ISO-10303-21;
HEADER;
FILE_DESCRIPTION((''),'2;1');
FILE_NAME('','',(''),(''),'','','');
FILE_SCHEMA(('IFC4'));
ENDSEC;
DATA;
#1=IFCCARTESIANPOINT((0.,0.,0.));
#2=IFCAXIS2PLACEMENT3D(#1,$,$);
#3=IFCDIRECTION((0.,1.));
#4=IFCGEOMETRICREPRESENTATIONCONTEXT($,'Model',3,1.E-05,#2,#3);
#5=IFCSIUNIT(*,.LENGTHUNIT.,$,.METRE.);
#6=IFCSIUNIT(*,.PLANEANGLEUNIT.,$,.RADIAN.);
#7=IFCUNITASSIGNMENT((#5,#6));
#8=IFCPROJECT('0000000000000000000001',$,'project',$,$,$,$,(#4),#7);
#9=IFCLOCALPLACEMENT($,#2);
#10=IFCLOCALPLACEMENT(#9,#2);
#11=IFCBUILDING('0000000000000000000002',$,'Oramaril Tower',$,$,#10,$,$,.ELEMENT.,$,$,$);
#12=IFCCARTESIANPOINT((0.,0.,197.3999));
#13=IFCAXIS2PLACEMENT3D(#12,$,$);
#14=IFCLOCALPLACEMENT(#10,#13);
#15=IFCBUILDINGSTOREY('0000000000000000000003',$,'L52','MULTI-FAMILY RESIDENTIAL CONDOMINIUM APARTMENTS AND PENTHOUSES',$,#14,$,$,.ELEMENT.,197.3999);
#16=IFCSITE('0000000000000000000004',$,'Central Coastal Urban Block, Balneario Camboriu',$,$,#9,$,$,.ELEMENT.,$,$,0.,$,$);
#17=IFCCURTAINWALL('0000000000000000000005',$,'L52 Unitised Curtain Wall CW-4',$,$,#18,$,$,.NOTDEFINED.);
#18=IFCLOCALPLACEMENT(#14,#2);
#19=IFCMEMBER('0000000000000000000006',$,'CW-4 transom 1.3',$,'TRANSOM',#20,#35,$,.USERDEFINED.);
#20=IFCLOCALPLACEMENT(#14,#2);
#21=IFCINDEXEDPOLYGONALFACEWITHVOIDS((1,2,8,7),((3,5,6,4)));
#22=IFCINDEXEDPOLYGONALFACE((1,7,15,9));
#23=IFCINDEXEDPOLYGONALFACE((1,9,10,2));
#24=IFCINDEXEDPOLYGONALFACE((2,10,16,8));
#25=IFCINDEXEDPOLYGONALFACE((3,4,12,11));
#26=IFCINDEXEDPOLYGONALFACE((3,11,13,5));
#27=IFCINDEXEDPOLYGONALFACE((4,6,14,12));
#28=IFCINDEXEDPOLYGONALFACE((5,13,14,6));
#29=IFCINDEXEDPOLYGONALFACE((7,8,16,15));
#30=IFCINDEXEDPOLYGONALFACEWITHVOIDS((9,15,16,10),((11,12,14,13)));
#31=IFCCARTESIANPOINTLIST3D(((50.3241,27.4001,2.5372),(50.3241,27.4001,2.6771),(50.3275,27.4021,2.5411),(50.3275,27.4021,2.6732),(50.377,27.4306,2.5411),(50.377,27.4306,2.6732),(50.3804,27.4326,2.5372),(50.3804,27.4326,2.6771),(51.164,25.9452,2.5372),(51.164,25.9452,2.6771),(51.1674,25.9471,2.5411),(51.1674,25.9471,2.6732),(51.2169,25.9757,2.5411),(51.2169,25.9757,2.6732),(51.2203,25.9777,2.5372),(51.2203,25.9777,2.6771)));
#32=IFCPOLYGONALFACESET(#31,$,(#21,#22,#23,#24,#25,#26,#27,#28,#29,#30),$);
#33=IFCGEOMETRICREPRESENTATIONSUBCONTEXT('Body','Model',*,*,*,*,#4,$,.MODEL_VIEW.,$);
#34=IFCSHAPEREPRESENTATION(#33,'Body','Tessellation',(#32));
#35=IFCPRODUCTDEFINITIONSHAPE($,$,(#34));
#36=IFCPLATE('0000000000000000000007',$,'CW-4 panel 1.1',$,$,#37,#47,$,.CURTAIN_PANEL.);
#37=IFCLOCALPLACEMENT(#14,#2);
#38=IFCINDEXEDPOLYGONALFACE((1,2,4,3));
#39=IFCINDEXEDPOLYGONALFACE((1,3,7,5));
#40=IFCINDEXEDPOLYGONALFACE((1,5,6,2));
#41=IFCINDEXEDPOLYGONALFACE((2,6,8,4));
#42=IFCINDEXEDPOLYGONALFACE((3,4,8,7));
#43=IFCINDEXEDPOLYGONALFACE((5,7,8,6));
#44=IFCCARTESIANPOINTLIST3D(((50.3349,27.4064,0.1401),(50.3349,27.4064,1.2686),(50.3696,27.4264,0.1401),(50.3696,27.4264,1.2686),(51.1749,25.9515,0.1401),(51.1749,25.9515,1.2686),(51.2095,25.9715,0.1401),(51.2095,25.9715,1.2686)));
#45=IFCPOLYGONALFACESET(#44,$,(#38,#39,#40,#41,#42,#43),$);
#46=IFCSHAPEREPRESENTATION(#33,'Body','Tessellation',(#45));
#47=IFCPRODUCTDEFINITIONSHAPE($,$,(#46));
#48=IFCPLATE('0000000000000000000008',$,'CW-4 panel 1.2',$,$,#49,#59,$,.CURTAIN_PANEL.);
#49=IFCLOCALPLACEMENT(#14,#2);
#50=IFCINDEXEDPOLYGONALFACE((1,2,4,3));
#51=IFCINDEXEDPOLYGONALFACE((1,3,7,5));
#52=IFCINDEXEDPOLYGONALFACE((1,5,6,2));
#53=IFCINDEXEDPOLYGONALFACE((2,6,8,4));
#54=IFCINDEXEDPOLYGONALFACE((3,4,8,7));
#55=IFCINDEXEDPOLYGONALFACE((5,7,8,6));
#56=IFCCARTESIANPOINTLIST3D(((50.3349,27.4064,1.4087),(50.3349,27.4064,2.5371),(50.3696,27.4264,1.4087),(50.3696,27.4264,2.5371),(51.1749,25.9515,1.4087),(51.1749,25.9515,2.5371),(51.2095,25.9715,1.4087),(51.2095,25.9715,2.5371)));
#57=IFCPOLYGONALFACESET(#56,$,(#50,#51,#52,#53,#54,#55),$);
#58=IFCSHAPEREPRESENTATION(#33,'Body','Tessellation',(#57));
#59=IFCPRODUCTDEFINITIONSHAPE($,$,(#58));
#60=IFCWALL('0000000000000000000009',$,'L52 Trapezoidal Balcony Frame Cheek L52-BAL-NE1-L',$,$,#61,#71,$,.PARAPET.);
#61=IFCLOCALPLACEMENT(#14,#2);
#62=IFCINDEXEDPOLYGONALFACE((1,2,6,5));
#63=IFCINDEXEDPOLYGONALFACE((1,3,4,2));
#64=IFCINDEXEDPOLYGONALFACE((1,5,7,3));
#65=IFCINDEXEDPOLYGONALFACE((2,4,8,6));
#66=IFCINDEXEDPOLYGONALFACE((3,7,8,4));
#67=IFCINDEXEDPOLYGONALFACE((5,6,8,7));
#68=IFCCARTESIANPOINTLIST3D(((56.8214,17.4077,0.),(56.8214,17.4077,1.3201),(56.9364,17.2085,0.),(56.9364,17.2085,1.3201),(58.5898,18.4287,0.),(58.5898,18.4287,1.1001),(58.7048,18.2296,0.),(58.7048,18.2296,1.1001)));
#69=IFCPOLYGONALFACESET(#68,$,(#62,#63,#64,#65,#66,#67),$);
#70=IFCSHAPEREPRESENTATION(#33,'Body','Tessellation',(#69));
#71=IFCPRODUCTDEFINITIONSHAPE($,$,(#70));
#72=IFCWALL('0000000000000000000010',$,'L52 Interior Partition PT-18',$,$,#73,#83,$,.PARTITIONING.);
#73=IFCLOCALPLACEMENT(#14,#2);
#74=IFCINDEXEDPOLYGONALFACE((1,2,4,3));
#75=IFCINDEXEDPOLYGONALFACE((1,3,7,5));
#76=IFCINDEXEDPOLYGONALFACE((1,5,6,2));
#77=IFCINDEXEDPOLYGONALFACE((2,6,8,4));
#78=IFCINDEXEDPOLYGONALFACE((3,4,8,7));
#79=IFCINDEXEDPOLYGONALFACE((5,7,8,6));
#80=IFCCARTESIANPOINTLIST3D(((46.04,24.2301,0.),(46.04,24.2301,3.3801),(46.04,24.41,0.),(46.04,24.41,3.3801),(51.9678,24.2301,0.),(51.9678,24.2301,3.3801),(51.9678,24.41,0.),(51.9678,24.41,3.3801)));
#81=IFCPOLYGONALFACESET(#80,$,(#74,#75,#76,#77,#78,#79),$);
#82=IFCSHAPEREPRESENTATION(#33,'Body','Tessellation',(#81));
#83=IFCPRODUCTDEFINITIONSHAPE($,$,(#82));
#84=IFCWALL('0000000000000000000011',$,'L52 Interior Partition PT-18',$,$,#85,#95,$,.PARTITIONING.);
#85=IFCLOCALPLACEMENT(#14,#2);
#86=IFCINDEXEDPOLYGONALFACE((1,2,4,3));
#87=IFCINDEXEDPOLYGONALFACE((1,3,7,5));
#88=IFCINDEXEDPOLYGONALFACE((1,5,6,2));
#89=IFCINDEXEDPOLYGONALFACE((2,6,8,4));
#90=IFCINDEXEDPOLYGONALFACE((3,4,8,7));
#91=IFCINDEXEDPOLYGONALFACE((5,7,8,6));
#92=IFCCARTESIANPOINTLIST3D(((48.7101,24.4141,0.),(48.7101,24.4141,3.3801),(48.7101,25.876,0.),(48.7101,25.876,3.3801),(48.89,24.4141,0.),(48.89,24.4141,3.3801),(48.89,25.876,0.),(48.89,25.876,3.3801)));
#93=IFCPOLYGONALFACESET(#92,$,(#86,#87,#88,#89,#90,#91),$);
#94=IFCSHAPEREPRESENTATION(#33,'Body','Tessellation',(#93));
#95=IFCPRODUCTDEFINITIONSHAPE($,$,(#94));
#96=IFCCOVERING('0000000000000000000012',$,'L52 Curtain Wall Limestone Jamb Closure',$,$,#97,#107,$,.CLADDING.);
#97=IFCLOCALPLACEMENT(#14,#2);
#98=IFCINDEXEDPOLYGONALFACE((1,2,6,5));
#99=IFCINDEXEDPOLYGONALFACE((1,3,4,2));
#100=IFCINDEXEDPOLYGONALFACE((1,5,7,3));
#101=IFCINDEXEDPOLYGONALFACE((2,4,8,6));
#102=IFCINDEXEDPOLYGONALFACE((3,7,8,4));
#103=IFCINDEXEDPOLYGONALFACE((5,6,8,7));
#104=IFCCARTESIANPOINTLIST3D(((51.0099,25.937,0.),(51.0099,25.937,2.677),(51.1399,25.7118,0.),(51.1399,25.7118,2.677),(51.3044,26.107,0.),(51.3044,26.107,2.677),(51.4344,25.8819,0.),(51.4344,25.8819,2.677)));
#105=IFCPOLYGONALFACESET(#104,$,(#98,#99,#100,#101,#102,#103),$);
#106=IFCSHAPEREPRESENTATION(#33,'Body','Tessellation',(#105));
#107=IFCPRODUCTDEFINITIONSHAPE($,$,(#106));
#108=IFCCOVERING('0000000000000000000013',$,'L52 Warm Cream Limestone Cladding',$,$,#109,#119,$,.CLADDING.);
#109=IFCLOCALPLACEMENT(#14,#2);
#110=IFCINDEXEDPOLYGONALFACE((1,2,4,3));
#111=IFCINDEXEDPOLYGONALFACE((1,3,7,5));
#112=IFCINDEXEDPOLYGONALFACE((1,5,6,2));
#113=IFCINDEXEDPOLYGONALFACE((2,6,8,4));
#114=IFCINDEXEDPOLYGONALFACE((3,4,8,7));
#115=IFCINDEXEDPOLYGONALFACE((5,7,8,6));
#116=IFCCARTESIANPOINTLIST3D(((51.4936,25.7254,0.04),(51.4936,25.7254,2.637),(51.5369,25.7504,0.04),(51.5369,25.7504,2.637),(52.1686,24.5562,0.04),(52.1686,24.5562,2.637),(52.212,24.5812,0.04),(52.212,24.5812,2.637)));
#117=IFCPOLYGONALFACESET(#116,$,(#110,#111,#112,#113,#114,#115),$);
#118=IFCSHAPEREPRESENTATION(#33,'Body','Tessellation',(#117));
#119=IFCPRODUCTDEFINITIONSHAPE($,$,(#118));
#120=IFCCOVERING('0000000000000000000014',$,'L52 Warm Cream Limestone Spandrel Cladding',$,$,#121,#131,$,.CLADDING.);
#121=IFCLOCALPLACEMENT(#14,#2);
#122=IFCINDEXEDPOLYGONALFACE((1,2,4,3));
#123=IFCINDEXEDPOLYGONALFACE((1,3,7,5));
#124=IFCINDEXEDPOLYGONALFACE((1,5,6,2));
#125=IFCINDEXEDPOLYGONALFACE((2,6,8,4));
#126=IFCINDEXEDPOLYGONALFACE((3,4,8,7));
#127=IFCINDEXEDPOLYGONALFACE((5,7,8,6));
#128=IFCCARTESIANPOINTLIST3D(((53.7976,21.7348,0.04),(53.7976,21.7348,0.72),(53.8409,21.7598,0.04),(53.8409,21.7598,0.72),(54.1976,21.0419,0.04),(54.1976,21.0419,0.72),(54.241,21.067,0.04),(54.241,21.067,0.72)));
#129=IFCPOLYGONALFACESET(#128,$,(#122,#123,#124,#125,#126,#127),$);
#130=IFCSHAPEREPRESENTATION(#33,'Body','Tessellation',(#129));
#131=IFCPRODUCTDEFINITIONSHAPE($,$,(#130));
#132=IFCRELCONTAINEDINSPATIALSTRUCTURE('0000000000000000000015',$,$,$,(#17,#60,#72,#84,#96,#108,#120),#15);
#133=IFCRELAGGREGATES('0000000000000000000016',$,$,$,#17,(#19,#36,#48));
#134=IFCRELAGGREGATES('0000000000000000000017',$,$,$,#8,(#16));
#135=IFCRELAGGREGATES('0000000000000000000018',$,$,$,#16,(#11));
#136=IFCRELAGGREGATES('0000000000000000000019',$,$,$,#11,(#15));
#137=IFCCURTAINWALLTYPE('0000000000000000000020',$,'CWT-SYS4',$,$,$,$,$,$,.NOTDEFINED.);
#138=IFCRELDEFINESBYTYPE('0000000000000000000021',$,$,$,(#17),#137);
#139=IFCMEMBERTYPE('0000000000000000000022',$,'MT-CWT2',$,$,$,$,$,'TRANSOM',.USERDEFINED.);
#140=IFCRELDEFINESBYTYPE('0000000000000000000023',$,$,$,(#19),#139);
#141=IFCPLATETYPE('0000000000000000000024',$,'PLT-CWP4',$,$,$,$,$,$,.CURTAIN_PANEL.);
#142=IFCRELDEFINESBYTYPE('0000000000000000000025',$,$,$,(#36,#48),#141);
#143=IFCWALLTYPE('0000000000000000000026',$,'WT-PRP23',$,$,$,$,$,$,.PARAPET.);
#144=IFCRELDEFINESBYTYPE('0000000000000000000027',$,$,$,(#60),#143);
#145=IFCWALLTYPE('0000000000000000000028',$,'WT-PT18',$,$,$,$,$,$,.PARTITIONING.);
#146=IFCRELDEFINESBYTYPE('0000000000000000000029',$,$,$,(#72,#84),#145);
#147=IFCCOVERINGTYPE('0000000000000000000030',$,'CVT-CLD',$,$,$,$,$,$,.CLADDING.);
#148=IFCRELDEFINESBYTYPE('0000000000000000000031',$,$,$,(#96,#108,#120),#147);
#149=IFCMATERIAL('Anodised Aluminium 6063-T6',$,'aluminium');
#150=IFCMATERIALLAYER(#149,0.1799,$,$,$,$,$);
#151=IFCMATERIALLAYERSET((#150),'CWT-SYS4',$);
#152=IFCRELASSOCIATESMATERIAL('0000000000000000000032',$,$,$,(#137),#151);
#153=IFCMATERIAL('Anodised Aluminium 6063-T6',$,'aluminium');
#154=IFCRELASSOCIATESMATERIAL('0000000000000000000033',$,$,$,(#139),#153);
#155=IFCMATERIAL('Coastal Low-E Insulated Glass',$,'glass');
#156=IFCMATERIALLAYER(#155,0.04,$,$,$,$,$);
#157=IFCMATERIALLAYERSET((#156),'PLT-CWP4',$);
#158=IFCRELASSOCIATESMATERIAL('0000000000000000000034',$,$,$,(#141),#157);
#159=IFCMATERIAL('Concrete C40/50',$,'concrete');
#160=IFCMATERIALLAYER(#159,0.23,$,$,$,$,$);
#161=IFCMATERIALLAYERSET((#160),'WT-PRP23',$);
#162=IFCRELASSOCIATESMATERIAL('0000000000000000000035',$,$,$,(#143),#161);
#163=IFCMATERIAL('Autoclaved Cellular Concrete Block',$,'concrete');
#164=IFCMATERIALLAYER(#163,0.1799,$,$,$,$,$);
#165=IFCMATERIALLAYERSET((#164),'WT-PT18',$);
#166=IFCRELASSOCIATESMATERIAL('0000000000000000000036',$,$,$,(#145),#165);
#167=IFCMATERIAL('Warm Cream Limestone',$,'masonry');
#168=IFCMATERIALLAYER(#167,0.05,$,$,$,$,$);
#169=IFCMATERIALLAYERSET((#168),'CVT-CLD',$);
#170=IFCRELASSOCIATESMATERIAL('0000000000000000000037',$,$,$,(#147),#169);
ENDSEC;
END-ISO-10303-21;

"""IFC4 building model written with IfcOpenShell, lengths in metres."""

from ifc_helpers import new_model, si_unit, direction, frame, frame_2d, origin, origin_2d, place, context, subcontext, project, spatial, polyline, rectangle, hollow_rectangle, outline, extrude, material, layer, layer_set, material_profile, profile_set, type_object, element, aggregate, save


model = new_model("IFC4")

# Units and contexts
model_context = context("Model", 3, precision=1e-05, world=origin(), true_north=direction((0.0, 1.0)))
body_context = subcontext(model_context, "Body", "Model", "MODEL_VIEW")
ifc_project = project(units=[si_unit("LENGTHUNIT", "METRE"), si_unit("PLANEANGLEUNIT", "RADIAN")], contexts=[model_context])

# Site, building, storey
site_placement = place(None, origin())
site = spatial("IfcSite", under=ifc_project, at=site_placement, Name="Central Coastal Urban Block, Balneario Camboriu", CompositionType="ELEMENT", RefElevation=0.0)
building_placement = place(site_placement, origin())
building = spatial("IfcBuilding", under=site, at=building_placement, Name="Oramaril Tower", CompositionType="ELEMENT")
storey_placement = place(building_placement, frame((0.0, 0.0, 197.3999)))
storey = spatial("IfcBuildingStorey", under=building, at=storey_placement, Name="L52", Description="MULTI-FAMILY RESIDENTIAL CONDOMINIUM APARTMENTS AND PENTHOUSES", CompositionType="ELEMENT", Elevation=197.3999)

# Curtain wall, member, plates
ifc_material_1 = material(Name="Anodised Aluminium 6063-T6", Category="aluminium")
ifc_layer_1 = layer(ifc_material_1, 0.1799)
ifc_layer_set_1 = layer_set([ifc_layer_1], Name="CWT-SYS4")
curtain_wall_type = type_object("IfcCurtainWallType", Name="CWT-SYS4", PredefinedType="NOTDEFINED", material=ifc_layer_set_1)
curtain_wall_placement = place(storey_placement, origin())
curtain_wall = element("IfcCurtainWall", 1, at=curtain_wall_placement, inside=storey, type_object=curtain_wall_type, Name="L52 Unitised Curtain Wall CW-4", PredefinedType="NOTDEFINED")
ifc_material_2 = material(Name="Anodised Aluminium 6063-T6", Category="aluminium")
ifc_material_profile_1 = material_profile(ifc_material_2, hollow_rectangle(XDim=0.0649, YDim=0.1399, WallThickness=0.0039, at=origin_2d()), Name="CWT140X65")
ifc_profile_set_1 = profile_set([ifc_material_profile_1], Name="Anodised Aluminium 6063-T6")
member_type_1 = type_object("IfcMemberType", Name="MT-CWT2", ElementType="TRANSOM", PredefinedType="USERDEFINED", material=ifc_profile_set_1)
member_1_placement = place(storey_placement, frame((51.1921, 25.9614, 2.6072), z_axis=(-0.499953, 0.866052, 0.0), x_axis=(-0.866052, -0.499953, 0.0)))
member_1 = element("IfcMember", 2, at=member_1_placement, type_object=member_type_1, Name="CW-4 transom 1.3", ObjectType="TRANSOM", PredefinedType="USERDEFINED", context=body_context, shape_type="SweptSolid", body=[
    extrude(hollow_rectangle(XDim=0.0649, YDim=0.1399, WallThickness=0.0039, at=origin_2d()), origin(), (0.0, 0.0, 1.0), 1.6799),
])
ifc_material_3 = material(Name="Coastal Low-E Insulated Glass", Category="glass")
ifc_layer_2 = layer(ifc_material_3, 0.04)
ifc_layer_set_2 = layer_set([ifc_layer_2], Name="PLT-CWP4")
plate_type = type_object("IfcPlateType", Name="PLT-CWP4", PredefinedType="CURTAIN_PANEL", material=ifc_layer_set_2)
plate_1_placement = place(storey_placement, frame((50.7722, 26.689, 0.1401), z_axis=(0.0, 0.0, 1.0), x_axis=(-0.5, 0.866025, 0.0)))
plate_1 = element("IfcPlate", 3, at=plate_1_placement, type_object=plate_type, Name="CW-4 panel 1.1", PredefinedType="CURTAIN_PANEL", context=body_context, shape_type="SweptSolid", body=[
    extrude(rectangle(XDim=1.6799, YDim=0.04, at=origin_2d()), origin(), (0.0, 0.0, 1.0), 1.1284),
])
plate_2_placement = place(storey_placement, frame((50.7722, 26.689, 1.4087), z_axis=(0.0, 0.0, 1.0), x_axis=(-0.5, 0.866025, 0.0)))
plate_2 = element("IfcPlate", 4, at=plate_2_placement, type_object=plate_type, Name="CW-4 panel 1.2", PredefinedType="CURTAIN_PANEL", context=body_context, shape_type="SweptSolid", body=[
    extrude(rectangle(XDim=1.6799, YDim=0.04, at=origin_2d()), origin(), (0.0, 0.0, 1.0), 1.1284),
])
aggregate(curtain_wall, [member_1, plate_1, plate_2])

# Walls
ifc_material_4 = material(Name="Concrete C40/50", Category="concrete")
ifc_layer_3 = layer(ifc_material_4, 0.23)
ifc_layer_set_3 = layer_set([ifc_layer_3], Name="WT-PRP23")
wall_type_1 = type_object("IfcWallType", Name="WT-PRP23", PredefinedType="PARAPET", material=ifc_layer_set_3)
wall_1_placement = place(storey_placement, frame((56.8789, 17.3081, 0.0), z_axis=(0.0, 0.0, 1.0), x_axis=(0.866012, 0.500023, 0.0)))
element("IfcWall", 5, at=wall_1_placement, inside=storey, type_object=wall_type_1, Name="L52 Trapezoidal Balcony Frame Cheek L52-BAL-NE1-L", PredefinedType="PARAPET", context=body_context, shape_type="SweptSolid", body=[
    extrude(outline(polyline([(0.0, 0.0), (2.042, 0.0), (2.042, 1.1001), (0.0, 1.3201), (0.0, 0.0)])), frame((0.0, 0.115, 0.0), z_axis=(0.0, -1.0, 0.0), x_axis=(1.0, 0.0, 0.0)), (0.0, 0.0, 1.0), 0.23),
])
ifc_material_5 = material(Name="Autoclaved Cellular Concrete Block", Category="concrete")
ifc_layer_4 = layer(ifc_material_5, 0.1799)
ifc_layer_set_4 = layer_set([ifc_layer_4], Name="WT-PT18")
wall_type_2 = type_object("IfcWallType", Name="WT-PT18", PredefinedType="PARTITIONING", material=ifc_layer_set_4)
wall_2_placement = place(storey_placement, frame((46.04, 24.3201, 0.0), z_axis=(0.0, 0.0, 1.0), x_axis=(1.0, 0.0, 0.0)))
element("IfcWall", 6, at=wall_2_placement, inside=storey, type_object=wall_type_2, Name="L52 Interior Partition PT-18", PredefinedType="PARTITIONING", context=body_context, shape_type="SweptSolid", body=[
    extrude(rectangle(XDim=5.9277, YDim=0.1799, at=frame_2d((2.9639, 0.0))), origin(), (0.0, 0.0, 1.0), 3.3801),
])
wall_3_placement = place(storey_placement, frame((48.8, 24.4141, 0.0), z_axis=(0.0, 0.0, 1.0), x_axis=(0.0, 1.0, 0.0)))
element("IfcWall", 7, at=wall_3_placement, inside=storey, type_object=wall_type_2, Name="L52 Interior Partition PT-18", PredefinedType="PARTITIONING", context=body_context, shape_type="SweptSolid", body=[
    extrude(rectangle(XDim=1.4619, YDim=0.1799, at=frame_2d((0.731, 0.0))), origin(), (0.0, 0.0, 1.0), 3.3801),
])

# Coverings
ifc_material_6 = material(Name="Warm Cream Limestone", Category="masonry")
ifc_layer_5 = layer(ifc_material_6, 0.05)
ifc_layer_set_5 = layer_set([ifc_layer_5], Name="CVT-CLD")
covering_type = type_object("IfcCoveringType", Name="CVT-CLD", PredefinedType="CLADDING", material=ifc_layer_set_5)
covering_1_placement = place(storey_placement, frame((51.2222, 25.9094, 0.0), z_axis=(0.0, 0.0, 1.0), x_axis=(-0.5, 0.866025, 0.0)))
element("IfcCovering", 8, at=covering_1_placement, inside=storey, type_object=covering_type, Name="L52 Curtain Wall Limestone Jamb Closure", PredefinedType="CLADDING", context=body_context, shape_type="SweptSolid", body=[
    extrude(rectangle(XDim=0.26, YDim=0.3401, at=origin_2d()), origin(), (0.0, 0.0, 1.0), 2.677),
])
covering_2_placement = place(storey_placement, frame((51.8528, 25.1533, 0.04), z_axis=(0.0, 0.0, 1.0), x_axis=(-0.5, 0.866025, 0.0)))
element("IfcCovering", 9, at=covering_2_placement, inside=storey, type_object=covering_type, Name="L52 Warm Cream Limestone Cladding", PredefinedType="CLADDING", context=body_context, shape_type="SweptSolid", body=[
    extrude(rectangle(XDim=1.3501, YDim=0.05, at=origin_2d()), origin(), (0.0, 0.0, 1.0), 2.5969),
])
covering_3_placement = place(storey_placement, frame((54.0193, 21.4009, 0.04), z_axis=(0.0, 0.0, 1.0), x_axis=(-0.5, 0.866025, 0.0)))
element("IfcCovering", 10, at=covering_3_placement, inside=storey, type_object=covering_type, Name="L52 Warm Cream Limestone Spandrel Cladding", PredefinedType="CLADDING", context=body_context, shape_type="SweptSolid", body=[
    extrude(rectangle(XDim=0.8, YDim=0.05, at=origin_2d()), origin(), (0.0, 0.0, 1.0), 0.6799),
])

save(model, "model.ifc")
